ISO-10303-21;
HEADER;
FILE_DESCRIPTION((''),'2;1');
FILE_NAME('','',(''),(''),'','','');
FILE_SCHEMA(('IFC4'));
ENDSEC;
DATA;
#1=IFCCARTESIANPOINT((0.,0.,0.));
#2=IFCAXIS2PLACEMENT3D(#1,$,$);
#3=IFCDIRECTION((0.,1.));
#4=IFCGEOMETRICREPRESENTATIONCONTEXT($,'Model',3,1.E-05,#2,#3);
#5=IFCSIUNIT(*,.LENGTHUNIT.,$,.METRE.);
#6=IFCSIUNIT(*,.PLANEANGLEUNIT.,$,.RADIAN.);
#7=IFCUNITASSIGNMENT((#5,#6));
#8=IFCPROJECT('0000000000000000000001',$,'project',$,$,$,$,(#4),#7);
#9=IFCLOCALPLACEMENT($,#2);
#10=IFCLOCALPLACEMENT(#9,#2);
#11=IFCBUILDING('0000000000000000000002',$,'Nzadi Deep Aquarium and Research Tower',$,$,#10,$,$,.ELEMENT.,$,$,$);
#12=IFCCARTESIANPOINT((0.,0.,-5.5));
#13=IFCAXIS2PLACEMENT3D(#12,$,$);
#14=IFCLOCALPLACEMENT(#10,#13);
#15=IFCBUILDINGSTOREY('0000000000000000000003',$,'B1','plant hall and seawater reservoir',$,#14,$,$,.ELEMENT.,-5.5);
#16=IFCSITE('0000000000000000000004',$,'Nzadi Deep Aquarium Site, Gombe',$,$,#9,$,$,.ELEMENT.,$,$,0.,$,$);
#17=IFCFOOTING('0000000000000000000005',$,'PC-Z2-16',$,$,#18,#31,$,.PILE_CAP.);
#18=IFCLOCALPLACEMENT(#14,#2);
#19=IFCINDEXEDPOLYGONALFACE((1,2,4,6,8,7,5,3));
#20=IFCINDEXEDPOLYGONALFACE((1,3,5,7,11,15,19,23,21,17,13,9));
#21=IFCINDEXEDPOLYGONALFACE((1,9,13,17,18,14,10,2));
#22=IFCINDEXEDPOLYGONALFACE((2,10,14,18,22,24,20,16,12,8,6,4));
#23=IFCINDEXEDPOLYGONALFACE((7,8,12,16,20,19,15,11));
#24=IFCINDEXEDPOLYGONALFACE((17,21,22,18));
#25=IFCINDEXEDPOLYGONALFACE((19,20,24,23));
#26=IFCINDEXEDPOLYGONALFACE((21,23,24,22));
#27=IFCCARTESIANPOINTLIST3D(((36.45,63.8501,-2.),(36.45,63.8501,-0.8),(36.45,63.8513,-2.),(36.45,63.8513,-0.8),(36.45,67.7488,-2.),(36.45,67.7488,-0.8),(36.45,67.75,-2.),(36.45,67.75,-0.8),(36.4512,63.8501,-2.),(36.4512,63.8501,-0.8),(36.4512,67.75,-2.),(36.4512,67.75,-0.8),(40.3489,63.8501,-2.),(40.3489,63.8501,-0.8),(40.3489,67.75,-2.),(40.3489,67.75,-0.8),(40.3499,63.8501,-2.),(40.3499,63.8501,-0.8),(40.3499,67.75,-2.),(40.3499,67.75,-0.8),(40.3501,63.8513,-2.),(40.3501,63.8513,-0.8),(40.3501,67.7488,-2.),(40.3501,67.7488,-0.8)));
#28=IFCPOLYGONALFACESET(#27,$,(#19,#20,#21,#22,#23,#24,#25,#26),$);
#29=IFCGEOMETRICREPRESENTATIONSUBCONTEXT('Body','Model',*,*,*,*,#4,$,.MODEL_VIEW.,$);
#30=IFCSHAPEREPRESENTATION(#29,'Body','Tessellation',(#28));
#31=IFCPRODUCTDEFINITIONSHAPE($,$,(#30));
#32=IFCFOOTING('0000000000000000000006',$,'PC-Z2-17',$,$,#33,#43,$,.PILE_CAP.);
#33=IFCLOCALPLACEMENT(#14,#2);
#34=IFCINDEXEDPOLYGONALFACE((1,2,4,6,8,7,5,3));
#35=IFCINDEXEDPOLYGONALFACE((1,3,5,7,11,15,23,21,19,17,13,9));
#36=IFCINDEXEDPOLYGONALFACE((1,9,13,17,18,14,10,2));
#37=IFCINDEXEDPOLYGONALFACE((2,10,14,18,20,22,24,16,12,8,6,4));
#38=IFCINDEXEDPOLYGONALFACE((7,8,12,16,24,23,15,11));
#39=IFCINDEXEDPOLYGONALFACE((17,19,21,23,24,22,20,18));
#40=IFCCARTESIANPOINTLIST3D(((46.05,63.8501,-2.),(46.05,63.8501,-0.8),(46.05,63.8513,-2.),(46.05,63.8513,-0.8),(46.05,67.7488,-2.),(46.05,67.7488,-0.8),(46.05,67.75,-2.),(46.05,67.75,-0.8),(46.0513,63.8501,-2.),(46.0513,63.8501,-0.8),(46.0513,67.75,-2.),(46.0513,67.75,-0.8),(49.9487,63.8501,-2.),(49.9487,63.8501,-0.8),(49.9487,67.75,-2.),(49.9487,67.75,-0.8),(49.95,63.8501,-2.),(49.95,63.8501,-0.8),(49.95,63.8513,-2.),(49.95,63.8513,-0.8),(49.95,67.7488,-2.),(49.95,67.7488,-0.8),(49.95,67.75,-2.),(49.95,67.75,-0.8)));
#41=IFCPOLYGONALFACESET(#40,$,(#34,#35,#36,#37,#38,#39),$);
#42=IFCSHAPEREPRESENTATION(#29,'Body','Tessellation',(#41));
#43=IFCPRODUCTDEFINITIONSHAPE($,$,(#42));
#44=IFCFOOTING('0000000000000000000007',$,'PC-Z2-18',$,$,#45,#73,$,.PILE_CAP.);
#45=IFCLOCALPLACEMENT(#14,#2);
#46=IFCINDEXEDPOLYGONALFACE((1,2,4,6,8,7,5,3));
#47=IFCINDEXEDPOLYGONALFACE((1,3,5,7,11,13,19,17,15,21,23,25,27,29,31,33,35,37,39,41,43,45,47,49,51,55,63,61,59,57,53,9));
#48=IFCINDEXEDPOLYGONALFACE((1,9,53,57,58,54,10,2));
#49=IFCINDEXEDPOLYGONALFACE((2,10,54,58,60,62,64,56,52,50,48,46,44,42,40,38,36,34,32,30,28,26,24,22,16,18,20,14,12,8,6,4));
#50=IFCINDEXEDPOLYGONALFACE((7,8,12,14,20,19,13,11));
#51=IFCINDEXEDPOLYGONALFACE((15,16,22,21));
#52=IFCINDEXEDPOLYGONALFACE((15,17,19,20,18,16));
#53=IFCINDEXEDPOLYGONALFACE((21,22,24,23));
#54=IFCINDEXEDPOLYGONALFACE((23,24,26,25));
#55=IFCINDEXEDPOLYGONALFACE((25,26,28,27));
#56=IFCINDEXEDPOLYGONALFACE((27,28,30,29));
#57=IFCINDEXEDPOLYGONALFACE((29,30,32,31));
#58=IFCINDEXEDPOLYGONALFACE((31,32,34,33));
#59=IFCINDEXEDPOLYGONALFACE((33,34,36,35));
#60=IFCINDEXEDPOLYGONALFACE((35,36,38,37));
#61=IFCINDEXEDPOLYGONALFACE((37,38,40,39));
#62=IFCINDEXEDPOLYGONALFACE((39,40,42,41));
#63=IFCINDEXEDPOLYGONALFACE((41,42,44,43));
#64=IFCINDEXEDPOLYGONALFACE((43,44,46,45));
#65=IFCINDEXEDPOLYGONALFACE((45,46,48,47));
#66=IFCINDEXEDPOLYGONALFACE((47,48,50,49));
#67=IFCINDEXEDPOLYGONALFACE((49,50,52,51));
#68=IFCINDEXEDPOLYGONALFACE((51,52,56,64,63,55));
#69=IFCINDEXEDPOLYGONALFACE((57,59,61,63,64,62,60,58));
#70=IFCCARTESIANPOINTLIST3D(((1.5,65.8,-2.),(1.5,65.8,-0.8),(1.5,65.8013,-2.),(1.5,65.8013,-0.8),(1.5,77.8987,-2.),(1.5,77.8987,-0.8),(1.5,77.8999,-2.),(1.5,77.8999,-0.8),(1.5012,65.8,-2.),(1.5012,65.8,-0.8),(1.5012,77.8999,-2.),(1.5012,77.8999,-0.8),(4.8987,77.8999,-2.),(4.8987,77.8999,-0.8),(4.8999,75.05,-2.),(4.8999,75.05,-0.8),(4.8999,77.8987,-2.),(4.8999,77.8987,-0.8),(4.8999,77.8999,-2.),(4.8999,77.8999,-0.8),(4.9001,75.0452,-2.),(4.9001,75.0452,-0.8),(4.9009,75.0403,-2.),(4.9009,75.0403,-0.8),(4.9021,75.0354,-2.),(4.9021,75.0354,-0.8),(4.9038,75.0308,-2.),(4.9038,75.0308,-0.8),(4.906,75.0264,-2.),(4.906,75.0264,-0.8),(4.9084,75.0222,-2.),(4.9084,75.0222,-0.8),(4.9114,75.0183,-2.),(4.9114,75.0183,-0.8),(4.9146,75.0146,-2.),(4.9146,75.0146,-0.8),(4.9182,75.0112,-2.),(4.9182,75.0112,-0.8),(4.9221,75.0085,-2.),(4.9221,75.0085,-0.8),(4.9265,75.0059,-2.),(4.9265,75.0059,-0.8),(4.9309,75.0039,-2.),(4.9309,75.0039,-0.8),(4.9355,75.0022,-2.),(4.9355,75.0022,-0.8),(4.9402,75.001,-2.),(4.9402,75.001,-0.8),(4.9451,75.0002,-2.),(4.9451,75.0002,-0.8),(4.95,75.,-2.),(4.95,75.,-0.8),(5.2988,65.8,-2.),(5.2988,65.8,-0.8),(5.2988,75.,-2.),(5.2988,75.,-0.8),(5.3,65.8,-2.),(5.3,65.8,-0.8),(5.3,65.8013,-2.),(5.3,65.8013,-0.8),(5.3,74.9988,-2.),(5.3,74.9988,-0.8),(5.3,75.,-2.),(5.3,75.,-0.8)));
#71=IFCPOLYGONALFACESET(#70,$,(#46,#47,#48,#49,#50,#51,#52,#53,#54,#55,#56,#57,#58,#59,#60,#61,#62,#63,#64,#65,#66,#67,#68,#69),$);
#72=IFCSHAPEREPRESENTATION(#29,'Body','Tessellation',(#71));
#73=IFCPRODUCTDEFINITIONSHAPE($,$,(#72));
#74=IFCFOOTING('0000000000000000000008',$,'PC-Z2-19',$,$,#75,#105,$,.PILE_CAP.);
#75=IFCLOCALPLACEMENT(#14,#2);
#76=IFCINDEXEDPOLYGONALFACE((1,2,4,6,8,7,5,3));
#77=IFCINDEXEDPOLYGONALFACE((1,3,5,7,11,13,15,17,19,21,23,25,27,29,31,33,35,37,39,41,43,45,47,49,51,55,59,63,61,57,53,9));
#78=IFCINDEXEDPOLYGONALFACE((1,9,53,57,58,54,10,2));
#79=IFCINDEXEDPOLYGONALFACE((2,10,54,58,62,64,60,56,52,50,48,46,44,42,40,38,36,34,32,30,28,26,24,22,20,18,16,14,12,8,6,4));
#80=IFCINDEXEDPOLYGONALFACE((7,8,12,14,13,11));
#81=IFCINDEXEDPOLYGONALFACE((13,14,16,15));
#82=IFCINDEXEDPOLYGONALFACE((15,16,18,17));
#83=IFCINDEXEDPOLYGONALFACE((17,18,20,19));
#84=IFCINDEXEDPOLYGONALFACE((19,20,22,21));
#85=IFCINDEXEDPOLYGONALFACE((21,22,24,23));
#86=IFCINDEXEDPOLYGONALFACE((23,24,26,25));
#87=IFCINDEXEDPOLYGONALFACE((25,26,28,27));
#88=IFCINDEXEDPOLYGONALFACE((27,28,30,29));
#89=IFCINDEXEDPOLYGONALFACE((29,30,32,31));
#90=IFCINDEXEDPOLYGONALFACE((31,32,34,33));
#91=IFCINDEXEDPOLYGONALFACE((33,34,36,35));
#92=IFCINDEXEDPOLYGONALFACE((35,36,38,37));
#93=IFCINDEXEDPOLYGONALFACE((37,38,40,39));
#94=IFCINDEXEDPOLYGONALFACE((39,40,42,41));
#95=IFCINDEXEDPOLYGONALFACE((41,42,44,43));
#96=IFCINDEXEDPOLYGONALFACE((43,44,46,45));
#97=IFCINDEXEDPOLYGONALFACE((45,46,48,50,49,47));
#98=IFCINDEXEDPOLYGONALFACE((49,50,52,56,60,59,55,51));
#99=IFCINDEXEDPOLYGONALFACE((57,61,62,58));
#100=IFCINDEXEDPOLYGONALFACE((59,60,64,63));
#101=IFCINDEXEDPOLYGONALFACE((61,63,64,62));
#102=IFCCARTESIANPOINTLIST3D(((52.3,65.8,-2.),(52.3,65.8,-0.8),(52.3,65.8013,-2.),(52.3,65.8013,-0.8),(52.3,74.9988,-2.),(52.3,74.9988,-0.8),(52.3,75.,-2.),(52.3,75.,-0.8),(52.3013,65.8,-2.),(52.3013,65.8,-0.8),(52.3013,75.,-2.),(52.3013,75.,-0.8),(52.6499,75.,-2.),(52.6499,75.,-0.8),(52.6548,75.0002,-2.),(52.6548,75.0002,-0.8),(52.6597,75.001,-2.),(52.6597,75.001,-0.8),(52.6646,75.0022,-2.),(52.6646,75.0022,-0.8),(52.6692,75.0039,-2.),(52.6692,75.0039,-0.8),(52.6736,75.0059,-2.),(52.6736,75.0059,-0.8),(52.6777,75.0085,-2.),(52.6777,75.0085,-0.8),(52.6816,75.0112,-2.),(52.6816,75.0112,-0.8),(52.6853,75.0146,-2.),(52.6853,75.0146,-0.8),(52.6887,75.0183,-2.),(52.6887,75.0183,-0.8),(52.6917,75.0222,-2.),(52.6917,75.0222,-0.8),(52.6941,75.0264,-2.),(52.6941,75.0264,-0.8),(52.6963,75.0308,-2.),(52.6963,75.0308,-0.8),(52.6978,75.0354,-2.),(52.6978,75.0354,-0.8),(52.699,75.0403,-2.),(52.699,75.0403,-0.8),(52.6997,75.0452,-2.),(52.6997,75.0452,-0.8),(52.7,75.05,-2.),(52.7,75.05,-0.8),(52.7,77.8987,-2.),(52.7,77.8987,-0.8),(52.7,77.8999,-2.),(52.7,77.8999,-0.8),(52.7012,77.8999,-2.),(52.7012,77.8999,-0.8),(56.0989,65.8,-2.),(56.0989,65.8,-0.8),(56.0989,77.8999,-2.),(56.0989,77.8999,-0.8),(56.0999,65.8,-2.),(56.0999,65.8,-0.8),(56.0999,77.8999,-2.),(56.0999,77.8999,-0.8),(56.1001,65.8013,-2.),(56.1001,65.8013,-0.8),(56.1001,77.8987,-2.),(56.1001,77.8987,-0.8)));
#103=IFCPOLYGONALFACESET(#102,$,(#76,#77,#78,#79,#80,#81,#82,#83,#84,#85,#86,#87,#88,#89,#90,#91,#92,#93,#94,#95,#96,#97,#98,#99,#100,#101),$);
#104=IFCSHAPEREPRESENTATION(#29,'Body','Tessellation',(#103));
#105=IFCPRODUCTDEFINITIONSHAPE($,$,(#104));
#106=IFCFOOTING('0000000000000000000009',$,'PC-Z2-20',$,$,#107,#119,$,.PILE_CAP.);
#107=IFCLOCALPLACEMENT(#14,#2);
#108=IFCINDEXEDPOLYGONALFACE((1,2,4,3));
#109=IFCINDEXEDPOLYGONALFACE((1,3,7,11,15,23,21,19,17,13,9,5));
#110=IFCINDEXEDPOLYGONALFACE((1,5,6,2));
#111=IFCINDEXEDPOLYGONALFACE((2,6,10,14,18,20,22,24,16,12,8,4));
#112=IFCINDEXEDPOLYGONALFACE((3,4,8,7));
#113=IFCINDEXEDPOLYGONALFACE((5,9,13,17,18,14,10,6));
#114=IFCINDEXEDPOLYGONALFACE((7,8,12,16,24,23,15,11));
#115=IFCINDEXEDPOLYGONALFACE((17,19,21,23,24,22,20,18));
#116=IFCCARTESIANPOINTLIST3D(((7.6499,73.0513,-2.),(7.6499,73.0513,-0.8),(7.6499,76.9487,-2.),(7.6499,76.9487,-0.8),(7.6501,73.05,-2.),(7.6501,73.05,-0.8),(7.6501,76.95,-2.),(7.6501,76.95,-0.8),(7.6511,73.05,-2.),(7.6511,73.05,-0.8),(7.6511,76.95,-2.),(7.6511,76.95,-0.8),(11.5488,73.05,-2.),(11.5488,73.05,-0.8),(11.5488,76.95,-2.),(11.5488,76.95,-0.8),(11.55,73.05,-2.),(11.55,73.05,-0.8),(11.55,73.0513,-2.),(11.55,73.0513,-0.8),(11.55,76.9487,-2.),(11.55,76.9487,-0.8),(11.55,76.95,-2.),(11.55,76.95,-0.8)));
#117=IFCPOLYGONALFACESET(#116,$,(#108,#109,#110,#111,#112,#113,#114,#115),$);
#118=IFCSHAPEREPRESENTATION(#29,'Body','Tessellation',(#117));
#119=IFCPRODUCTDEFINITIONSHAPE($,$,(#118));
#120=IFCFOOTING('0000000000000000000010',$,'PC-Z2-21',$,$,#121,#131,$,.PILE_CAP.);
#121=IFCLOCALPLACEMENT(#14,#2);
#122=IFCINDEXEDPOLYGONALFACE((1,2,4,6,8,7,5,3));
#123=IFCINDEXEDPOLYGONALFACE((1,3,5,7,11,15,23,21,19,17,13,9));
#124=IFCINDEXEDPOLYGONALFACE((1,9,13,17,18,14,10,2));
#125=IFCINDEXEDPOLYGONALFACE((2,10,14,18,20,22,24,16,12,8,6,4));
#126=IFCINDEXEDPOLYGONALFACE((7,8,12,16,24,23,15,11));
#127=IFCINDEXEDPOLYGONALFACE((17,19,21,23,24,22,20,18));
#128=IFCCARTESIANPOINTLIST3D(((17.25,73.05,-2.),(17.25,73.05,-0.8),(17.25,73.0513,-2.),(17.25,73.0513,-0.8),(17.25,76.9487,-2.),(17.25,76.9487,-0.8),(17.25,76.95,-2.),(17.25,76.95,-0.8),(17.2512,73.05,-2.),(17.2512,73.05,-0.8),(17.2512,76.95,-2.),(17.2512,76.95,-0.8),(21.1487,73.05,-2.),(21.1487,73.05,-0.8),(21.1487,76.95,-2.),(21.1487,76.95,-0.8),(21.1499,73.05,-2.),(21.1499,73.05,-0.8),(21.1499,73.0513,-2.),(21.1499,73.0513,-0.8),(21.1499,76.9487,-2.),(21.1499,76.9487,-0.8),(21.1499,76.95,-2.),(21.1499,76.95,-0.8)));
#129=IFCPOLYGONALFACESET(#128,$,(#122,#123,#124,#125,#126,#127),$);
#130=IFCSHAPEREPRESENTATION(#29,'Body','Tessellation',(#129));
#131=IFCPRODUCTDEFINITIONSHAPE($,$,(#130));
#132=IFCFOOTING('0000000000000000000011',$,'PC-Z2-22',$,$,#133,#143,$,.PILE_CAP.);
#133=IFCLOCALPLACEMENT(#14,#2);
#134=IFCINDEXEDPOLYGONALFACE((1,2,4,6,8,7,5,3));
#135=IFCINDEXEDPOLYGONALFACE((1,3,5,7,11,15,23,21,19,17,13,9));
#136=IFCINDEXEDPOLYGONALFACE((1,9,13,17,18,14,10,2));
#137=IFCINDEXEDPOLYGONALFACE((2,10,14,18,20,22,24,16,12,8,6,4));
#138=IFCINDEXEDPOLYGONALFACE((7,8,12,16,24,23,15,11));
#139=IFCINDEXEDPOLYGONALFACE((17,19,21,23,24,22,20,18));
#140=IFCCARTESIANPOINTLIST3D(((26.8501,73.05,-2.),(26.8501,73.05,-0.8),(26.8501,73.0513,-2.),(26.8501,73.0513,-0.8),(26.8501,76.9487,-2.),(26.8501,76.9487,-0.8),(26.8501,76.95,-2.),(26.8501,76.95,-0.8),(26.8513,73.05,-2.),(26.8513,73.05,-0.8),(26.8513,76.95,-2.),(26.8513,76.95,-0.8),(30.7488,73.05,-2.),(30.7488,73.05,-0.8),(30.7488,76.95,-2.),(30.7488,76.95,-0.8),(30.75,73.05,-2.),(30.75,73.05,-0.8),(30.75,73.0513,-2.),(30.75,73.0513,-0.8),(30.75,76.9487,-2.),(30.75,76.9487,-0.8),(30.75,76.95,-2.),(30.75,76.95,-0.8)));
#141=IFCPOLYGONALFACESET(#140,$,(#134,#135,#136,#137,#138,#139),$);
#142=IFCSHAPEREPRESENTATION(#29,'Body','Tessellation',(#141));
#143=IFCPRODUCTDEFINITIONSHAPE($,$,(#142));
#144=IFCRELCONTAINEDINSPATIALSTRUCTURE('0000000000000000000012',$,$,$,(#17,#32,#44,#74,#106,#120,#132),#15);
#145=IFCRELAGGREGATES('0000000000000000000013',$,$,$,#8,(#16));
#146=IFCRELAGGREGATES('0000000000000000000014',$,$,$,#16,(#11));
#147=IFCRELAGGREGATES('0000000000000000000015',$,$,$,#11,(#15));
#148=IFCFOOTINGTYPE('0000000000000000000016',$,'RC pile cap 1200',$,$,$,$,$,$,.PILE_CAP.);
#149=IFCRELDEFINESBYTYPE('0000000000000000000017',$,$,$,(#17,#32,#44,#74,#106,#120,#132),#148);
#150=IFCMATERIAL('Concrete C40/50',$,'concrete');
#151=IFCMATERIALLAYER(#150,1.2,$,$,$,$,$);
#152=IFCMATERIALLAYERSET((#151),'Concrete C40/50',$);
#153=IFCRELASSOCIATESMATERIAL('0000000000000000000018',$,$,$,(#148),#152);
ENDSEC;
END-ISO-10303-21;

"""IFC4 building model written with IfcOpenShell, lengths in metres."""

from ifc_helpers import new_model, si_unit, direction, frame, origin, place, context, subcontext, project, spatial, polyline, outline, extrude, material, layer, layer_set, type_object, element, save


model = new_model("IFC4")

# Units and contexts
model_context = context("Model", 3, precision=1e-05, world=origin(), true_north=direction((0.0, 1.0)))
body_context = subcontext(model_context, "Body", "Model", "MODEL_VIEW")
ifc_project = project(units=[si_unit("LENGTHUNIT", "METRE"), si_unit("PLANEANGLEUNIT", "RADIAN")], contexts=[model_context])

# Site, building, storey
site_placement = place(None, origin())
site = spatial("IfcSite", under=ifc_project, at=site_placement, Name="Nzadi Deep Aquarium Site, Gombe", CompositionType="ELEMENT", RefElevation=0.0)
building_placement = place(site_placement, origin())
building = spatial("IfcBuilding", under=site, at=building_placement, Name="Nzadi Deep Aquarium and Research Tower", CompositionType="ELEMENT")
storey_placement = place(building_placement, frame((0.0, 0.0, -5.5)))
storey = spatial("IfcBuildingStorey", under=building, at=storey_placement, Name="B1", Description="plant hall and seawater reservoir", CompositionType="ELEMENT", Elevation=-5.5)

# Footings
ifc_material_1 = material(Name="Concrete C40/50", Category="concrete")
ifc_layer_1 = layer(ifc_material_1, 1.2)
ifc_layer_set_1 = layer_set([ifc_layer_1], Name="Concrete C40/50")
footing_type_1 = type_object("IfcFootingType", Name="RC pile cap 1200", PredefinedType="PILE_CAP", material=ifc_layer_set_1)
footing_1_placement = place(storey_placement, frame((0.0, 0.0, -2.0)))
element("IfcFooting", 1, at=footing_1_placement, inside=storey, type_object=footing_type_1, Name="PC-Z2-16", PredefinedType="PILE_CAP", context=body_context, shape_type="SweptSolid", body=[
    extrude(outline(polyline([(36.45, 63.8513), (36.45, 63.8501), (36.4512, 63.8501), (40.3489, 63.8501), (40.3499, 63.8501), (40.3501, 63.8513), (40.3501, 67.7488), (40.3499, 67.75), (40.3489, 67.75), (36.4512, 67.75), (36.45, 67.75), (36.45, 67.7488), (36.45, 63.8513)])), origin(), (0.0, 0.0, 1.0), 1.2),
])
footing_2_placement = place(storey_placement, frame((0.0, 0.0, -2.0)))
element("IfcFooting", 2, at=footing_2_placement, inside=storey, type_object=footing_type_1, Name="PC-Z2-17", PredefinedType="PILE_CAP", context=body_context, shape_type="SweptSolid", body=[
    extrude(outline(polyline([(46.05, 63.8513), (46.05, 63.8501), (46.0513, 63.8501), (49.9487, 63.8501), (49.95, 63.8501), (49.95, 63.8513), (49.95, 67.7488), (49.95, 67.75), (49.9487, 67.75), (46.0513, 67.75), (46.05, 67.75), (46.05, 67.7488), (46.05, 63.8513)])), origin(), (0.0, 0.0, 1.0), 1.2),
])
footing_3_placement = place(storey_placement, frame((0.0, 0.0, -2.0)))
element("IfcFooting", 3, at=footing_3_placement, inside=storey, type_object=footing_type_1, Name="PC-Z2-18", PredefinedType="PILE_CAP", context=body_context, shape_type="SweptSolid", body=[
    extrude(outline(polyline([(1.5, 65.8013), (1.5, 65.8), (1.5012, 65.8), (5.2988, 65.8), (5.3, 65.8), (5.3, 65.8013), (5.3, 74.9988), (5.3, 75.0), (5.2988, 75.0), (4.95, 75.0), (4.9451, 75.0002), (4.9402, 75.001), (4.9355, 75.0022), (4.9309, 75.0039), (4.9265, 75.0059), (4.9221, 75.0085), (4.9182, 75.0112), (4.9146, 75.0146), (4.9114, 75.0183), (4.9084, 75.0222), (4.906, 75.0264), (4.9038, 75.0308), (4.9021, 75.0354), (4.9009, 75.0403), (4.9001, 75.0452), (4.8999, 75.05), (4.8999, 77.8987), (4.8999, 77.8999), (4.8987, 77.8999), (1.5012, 77.8999), (1.5, 77.8999), (1.5, 77.8987), (1.5, 65.8013)])), origin(), (0.0, 0.0, 1.0), 1.2),
])
footing_4_placement = place(storey_placement, frame((0.0, 0.0, -2.0)))
element("IfcFooting", 4, at=footing_4_placement, inside=storey, type_object=footing_type_1, Name="PC-Z2-19", PredefinedType="PILE_CAP", context=body_context, shape_type="SweptSolid", body=[
    extrude(outline(polyline([(52.3, 65.8013), (52.3, 65.8), (52.3013, 65.8), (56.0989, 65.8), (56.0999, 65.8), (56.1001, 65.8013), (56.1001, 77.8987), (56.0999, 77.8999), (56.0989, 77.8999), (52.7012, 77.8999), (52.7, 77.8999), (52.7, 77.8987), (52.7, 75.05), (52.6997, 75.0452), (52.699, 75.0403), (52.6978, 75.0354), (52.6963, 75.0308), (52.6941, 75.0264), (52.6917, 75.0222), (52.6887, 75.0183), (52.6853, 75.0146), (52.6816, 75.0112), (52.6777, 75.0085), (52.6736, 75.0059), (52.6692, 75.0039), (52.6646, 75.0022), (52.6597, 75.001), (52.6548, 75.0002), (52.6499, 75.0), (52.3013, 75.0), (52.3, 75.0), (52.3, 74.9988), (52.3, 65.8013)])), origin(), (0.0, 0.0, 1.0), 1.2),
])
footing_5_placement = place(storey_placement, frame((0.0, 0.0, -2.0)))
element("IfcFooting", 5, at=footing_5_placement, inside=storey, type_object=footing_type_1, Name="PC-Z2-20", PredefinedType="PILE_CAP", context=body_context, shape_type="SweptSolid", body=[
    extrude(outline(polyline([(7.6499, 73.0513), (7.6501, 73.05), (7.6511, 73.05), (11.5488, 73.05), (11.55, 73.05), (11.55, 73.0513), (11.55, 76.9487), (11.55, 76.95), (11.5488, 76.95), (7.6511, 76.95), (7.6501, 76.95), (7.6499, 76.9487), (7.6499, 73.0513)])), origin(), (0.0, 0.0, 1.0), 1.2),
])
footing_6_placement = place(storey_placement, frame((0.0, 0.0, -2.0)))
element("IfcFooting", 6, at=footing_6_placement, inside=storey, type_object=footing_type_1, Name="PC-Z2-21", PredefinedType="PILE_CAP", context=body_context, shape_type="SweptSolid", body=[
    extrude(outline(polyline([(17.25, 73.0513), (17.25, 73.05), (17.2512, 73.05), (21.1487, 73.05), (21.1499, 73.05), (21.1499, 73.0513), (21.1499, 76.9487), (21.1499, 76.95), (21.1487, 76.95), (17.2512, 76.95), (17.25, 76.95), (17.25, 76.9487), (17.25, 73.0513)])), origin(), (0.0, 0.0, 1.0), 1.2),
])
footing_7_placement = place(storey_placement, frame((0.0, 0.0, -2.0)))
element("IfcFooting", 7, at=footing_7_placement, inside=storey, type_object=footing_type_1, Name="PC-Z2-22", PredefinedType="PILE_CAP", context=body_context, shape_type="SweptSolid", body=[
    extrude(outline(polyline([(26.8501, 73.0513), (26.8501, 73.05), (26.8513, 73.05), (30.7488, 73.05), (30.75, 73.05), (30.75, 73.0513), (30.75, 76.9487), (30.75, 76.95), (30.7488, 76.95), (26.8513, 76.95), (26.8501, 76.95), (26.8501, 76.9487), (26.8501, 73.0513)])), origin(), (0.0, 0.0, 1.0), 1.2),
])

save(model, "model.ifc")
